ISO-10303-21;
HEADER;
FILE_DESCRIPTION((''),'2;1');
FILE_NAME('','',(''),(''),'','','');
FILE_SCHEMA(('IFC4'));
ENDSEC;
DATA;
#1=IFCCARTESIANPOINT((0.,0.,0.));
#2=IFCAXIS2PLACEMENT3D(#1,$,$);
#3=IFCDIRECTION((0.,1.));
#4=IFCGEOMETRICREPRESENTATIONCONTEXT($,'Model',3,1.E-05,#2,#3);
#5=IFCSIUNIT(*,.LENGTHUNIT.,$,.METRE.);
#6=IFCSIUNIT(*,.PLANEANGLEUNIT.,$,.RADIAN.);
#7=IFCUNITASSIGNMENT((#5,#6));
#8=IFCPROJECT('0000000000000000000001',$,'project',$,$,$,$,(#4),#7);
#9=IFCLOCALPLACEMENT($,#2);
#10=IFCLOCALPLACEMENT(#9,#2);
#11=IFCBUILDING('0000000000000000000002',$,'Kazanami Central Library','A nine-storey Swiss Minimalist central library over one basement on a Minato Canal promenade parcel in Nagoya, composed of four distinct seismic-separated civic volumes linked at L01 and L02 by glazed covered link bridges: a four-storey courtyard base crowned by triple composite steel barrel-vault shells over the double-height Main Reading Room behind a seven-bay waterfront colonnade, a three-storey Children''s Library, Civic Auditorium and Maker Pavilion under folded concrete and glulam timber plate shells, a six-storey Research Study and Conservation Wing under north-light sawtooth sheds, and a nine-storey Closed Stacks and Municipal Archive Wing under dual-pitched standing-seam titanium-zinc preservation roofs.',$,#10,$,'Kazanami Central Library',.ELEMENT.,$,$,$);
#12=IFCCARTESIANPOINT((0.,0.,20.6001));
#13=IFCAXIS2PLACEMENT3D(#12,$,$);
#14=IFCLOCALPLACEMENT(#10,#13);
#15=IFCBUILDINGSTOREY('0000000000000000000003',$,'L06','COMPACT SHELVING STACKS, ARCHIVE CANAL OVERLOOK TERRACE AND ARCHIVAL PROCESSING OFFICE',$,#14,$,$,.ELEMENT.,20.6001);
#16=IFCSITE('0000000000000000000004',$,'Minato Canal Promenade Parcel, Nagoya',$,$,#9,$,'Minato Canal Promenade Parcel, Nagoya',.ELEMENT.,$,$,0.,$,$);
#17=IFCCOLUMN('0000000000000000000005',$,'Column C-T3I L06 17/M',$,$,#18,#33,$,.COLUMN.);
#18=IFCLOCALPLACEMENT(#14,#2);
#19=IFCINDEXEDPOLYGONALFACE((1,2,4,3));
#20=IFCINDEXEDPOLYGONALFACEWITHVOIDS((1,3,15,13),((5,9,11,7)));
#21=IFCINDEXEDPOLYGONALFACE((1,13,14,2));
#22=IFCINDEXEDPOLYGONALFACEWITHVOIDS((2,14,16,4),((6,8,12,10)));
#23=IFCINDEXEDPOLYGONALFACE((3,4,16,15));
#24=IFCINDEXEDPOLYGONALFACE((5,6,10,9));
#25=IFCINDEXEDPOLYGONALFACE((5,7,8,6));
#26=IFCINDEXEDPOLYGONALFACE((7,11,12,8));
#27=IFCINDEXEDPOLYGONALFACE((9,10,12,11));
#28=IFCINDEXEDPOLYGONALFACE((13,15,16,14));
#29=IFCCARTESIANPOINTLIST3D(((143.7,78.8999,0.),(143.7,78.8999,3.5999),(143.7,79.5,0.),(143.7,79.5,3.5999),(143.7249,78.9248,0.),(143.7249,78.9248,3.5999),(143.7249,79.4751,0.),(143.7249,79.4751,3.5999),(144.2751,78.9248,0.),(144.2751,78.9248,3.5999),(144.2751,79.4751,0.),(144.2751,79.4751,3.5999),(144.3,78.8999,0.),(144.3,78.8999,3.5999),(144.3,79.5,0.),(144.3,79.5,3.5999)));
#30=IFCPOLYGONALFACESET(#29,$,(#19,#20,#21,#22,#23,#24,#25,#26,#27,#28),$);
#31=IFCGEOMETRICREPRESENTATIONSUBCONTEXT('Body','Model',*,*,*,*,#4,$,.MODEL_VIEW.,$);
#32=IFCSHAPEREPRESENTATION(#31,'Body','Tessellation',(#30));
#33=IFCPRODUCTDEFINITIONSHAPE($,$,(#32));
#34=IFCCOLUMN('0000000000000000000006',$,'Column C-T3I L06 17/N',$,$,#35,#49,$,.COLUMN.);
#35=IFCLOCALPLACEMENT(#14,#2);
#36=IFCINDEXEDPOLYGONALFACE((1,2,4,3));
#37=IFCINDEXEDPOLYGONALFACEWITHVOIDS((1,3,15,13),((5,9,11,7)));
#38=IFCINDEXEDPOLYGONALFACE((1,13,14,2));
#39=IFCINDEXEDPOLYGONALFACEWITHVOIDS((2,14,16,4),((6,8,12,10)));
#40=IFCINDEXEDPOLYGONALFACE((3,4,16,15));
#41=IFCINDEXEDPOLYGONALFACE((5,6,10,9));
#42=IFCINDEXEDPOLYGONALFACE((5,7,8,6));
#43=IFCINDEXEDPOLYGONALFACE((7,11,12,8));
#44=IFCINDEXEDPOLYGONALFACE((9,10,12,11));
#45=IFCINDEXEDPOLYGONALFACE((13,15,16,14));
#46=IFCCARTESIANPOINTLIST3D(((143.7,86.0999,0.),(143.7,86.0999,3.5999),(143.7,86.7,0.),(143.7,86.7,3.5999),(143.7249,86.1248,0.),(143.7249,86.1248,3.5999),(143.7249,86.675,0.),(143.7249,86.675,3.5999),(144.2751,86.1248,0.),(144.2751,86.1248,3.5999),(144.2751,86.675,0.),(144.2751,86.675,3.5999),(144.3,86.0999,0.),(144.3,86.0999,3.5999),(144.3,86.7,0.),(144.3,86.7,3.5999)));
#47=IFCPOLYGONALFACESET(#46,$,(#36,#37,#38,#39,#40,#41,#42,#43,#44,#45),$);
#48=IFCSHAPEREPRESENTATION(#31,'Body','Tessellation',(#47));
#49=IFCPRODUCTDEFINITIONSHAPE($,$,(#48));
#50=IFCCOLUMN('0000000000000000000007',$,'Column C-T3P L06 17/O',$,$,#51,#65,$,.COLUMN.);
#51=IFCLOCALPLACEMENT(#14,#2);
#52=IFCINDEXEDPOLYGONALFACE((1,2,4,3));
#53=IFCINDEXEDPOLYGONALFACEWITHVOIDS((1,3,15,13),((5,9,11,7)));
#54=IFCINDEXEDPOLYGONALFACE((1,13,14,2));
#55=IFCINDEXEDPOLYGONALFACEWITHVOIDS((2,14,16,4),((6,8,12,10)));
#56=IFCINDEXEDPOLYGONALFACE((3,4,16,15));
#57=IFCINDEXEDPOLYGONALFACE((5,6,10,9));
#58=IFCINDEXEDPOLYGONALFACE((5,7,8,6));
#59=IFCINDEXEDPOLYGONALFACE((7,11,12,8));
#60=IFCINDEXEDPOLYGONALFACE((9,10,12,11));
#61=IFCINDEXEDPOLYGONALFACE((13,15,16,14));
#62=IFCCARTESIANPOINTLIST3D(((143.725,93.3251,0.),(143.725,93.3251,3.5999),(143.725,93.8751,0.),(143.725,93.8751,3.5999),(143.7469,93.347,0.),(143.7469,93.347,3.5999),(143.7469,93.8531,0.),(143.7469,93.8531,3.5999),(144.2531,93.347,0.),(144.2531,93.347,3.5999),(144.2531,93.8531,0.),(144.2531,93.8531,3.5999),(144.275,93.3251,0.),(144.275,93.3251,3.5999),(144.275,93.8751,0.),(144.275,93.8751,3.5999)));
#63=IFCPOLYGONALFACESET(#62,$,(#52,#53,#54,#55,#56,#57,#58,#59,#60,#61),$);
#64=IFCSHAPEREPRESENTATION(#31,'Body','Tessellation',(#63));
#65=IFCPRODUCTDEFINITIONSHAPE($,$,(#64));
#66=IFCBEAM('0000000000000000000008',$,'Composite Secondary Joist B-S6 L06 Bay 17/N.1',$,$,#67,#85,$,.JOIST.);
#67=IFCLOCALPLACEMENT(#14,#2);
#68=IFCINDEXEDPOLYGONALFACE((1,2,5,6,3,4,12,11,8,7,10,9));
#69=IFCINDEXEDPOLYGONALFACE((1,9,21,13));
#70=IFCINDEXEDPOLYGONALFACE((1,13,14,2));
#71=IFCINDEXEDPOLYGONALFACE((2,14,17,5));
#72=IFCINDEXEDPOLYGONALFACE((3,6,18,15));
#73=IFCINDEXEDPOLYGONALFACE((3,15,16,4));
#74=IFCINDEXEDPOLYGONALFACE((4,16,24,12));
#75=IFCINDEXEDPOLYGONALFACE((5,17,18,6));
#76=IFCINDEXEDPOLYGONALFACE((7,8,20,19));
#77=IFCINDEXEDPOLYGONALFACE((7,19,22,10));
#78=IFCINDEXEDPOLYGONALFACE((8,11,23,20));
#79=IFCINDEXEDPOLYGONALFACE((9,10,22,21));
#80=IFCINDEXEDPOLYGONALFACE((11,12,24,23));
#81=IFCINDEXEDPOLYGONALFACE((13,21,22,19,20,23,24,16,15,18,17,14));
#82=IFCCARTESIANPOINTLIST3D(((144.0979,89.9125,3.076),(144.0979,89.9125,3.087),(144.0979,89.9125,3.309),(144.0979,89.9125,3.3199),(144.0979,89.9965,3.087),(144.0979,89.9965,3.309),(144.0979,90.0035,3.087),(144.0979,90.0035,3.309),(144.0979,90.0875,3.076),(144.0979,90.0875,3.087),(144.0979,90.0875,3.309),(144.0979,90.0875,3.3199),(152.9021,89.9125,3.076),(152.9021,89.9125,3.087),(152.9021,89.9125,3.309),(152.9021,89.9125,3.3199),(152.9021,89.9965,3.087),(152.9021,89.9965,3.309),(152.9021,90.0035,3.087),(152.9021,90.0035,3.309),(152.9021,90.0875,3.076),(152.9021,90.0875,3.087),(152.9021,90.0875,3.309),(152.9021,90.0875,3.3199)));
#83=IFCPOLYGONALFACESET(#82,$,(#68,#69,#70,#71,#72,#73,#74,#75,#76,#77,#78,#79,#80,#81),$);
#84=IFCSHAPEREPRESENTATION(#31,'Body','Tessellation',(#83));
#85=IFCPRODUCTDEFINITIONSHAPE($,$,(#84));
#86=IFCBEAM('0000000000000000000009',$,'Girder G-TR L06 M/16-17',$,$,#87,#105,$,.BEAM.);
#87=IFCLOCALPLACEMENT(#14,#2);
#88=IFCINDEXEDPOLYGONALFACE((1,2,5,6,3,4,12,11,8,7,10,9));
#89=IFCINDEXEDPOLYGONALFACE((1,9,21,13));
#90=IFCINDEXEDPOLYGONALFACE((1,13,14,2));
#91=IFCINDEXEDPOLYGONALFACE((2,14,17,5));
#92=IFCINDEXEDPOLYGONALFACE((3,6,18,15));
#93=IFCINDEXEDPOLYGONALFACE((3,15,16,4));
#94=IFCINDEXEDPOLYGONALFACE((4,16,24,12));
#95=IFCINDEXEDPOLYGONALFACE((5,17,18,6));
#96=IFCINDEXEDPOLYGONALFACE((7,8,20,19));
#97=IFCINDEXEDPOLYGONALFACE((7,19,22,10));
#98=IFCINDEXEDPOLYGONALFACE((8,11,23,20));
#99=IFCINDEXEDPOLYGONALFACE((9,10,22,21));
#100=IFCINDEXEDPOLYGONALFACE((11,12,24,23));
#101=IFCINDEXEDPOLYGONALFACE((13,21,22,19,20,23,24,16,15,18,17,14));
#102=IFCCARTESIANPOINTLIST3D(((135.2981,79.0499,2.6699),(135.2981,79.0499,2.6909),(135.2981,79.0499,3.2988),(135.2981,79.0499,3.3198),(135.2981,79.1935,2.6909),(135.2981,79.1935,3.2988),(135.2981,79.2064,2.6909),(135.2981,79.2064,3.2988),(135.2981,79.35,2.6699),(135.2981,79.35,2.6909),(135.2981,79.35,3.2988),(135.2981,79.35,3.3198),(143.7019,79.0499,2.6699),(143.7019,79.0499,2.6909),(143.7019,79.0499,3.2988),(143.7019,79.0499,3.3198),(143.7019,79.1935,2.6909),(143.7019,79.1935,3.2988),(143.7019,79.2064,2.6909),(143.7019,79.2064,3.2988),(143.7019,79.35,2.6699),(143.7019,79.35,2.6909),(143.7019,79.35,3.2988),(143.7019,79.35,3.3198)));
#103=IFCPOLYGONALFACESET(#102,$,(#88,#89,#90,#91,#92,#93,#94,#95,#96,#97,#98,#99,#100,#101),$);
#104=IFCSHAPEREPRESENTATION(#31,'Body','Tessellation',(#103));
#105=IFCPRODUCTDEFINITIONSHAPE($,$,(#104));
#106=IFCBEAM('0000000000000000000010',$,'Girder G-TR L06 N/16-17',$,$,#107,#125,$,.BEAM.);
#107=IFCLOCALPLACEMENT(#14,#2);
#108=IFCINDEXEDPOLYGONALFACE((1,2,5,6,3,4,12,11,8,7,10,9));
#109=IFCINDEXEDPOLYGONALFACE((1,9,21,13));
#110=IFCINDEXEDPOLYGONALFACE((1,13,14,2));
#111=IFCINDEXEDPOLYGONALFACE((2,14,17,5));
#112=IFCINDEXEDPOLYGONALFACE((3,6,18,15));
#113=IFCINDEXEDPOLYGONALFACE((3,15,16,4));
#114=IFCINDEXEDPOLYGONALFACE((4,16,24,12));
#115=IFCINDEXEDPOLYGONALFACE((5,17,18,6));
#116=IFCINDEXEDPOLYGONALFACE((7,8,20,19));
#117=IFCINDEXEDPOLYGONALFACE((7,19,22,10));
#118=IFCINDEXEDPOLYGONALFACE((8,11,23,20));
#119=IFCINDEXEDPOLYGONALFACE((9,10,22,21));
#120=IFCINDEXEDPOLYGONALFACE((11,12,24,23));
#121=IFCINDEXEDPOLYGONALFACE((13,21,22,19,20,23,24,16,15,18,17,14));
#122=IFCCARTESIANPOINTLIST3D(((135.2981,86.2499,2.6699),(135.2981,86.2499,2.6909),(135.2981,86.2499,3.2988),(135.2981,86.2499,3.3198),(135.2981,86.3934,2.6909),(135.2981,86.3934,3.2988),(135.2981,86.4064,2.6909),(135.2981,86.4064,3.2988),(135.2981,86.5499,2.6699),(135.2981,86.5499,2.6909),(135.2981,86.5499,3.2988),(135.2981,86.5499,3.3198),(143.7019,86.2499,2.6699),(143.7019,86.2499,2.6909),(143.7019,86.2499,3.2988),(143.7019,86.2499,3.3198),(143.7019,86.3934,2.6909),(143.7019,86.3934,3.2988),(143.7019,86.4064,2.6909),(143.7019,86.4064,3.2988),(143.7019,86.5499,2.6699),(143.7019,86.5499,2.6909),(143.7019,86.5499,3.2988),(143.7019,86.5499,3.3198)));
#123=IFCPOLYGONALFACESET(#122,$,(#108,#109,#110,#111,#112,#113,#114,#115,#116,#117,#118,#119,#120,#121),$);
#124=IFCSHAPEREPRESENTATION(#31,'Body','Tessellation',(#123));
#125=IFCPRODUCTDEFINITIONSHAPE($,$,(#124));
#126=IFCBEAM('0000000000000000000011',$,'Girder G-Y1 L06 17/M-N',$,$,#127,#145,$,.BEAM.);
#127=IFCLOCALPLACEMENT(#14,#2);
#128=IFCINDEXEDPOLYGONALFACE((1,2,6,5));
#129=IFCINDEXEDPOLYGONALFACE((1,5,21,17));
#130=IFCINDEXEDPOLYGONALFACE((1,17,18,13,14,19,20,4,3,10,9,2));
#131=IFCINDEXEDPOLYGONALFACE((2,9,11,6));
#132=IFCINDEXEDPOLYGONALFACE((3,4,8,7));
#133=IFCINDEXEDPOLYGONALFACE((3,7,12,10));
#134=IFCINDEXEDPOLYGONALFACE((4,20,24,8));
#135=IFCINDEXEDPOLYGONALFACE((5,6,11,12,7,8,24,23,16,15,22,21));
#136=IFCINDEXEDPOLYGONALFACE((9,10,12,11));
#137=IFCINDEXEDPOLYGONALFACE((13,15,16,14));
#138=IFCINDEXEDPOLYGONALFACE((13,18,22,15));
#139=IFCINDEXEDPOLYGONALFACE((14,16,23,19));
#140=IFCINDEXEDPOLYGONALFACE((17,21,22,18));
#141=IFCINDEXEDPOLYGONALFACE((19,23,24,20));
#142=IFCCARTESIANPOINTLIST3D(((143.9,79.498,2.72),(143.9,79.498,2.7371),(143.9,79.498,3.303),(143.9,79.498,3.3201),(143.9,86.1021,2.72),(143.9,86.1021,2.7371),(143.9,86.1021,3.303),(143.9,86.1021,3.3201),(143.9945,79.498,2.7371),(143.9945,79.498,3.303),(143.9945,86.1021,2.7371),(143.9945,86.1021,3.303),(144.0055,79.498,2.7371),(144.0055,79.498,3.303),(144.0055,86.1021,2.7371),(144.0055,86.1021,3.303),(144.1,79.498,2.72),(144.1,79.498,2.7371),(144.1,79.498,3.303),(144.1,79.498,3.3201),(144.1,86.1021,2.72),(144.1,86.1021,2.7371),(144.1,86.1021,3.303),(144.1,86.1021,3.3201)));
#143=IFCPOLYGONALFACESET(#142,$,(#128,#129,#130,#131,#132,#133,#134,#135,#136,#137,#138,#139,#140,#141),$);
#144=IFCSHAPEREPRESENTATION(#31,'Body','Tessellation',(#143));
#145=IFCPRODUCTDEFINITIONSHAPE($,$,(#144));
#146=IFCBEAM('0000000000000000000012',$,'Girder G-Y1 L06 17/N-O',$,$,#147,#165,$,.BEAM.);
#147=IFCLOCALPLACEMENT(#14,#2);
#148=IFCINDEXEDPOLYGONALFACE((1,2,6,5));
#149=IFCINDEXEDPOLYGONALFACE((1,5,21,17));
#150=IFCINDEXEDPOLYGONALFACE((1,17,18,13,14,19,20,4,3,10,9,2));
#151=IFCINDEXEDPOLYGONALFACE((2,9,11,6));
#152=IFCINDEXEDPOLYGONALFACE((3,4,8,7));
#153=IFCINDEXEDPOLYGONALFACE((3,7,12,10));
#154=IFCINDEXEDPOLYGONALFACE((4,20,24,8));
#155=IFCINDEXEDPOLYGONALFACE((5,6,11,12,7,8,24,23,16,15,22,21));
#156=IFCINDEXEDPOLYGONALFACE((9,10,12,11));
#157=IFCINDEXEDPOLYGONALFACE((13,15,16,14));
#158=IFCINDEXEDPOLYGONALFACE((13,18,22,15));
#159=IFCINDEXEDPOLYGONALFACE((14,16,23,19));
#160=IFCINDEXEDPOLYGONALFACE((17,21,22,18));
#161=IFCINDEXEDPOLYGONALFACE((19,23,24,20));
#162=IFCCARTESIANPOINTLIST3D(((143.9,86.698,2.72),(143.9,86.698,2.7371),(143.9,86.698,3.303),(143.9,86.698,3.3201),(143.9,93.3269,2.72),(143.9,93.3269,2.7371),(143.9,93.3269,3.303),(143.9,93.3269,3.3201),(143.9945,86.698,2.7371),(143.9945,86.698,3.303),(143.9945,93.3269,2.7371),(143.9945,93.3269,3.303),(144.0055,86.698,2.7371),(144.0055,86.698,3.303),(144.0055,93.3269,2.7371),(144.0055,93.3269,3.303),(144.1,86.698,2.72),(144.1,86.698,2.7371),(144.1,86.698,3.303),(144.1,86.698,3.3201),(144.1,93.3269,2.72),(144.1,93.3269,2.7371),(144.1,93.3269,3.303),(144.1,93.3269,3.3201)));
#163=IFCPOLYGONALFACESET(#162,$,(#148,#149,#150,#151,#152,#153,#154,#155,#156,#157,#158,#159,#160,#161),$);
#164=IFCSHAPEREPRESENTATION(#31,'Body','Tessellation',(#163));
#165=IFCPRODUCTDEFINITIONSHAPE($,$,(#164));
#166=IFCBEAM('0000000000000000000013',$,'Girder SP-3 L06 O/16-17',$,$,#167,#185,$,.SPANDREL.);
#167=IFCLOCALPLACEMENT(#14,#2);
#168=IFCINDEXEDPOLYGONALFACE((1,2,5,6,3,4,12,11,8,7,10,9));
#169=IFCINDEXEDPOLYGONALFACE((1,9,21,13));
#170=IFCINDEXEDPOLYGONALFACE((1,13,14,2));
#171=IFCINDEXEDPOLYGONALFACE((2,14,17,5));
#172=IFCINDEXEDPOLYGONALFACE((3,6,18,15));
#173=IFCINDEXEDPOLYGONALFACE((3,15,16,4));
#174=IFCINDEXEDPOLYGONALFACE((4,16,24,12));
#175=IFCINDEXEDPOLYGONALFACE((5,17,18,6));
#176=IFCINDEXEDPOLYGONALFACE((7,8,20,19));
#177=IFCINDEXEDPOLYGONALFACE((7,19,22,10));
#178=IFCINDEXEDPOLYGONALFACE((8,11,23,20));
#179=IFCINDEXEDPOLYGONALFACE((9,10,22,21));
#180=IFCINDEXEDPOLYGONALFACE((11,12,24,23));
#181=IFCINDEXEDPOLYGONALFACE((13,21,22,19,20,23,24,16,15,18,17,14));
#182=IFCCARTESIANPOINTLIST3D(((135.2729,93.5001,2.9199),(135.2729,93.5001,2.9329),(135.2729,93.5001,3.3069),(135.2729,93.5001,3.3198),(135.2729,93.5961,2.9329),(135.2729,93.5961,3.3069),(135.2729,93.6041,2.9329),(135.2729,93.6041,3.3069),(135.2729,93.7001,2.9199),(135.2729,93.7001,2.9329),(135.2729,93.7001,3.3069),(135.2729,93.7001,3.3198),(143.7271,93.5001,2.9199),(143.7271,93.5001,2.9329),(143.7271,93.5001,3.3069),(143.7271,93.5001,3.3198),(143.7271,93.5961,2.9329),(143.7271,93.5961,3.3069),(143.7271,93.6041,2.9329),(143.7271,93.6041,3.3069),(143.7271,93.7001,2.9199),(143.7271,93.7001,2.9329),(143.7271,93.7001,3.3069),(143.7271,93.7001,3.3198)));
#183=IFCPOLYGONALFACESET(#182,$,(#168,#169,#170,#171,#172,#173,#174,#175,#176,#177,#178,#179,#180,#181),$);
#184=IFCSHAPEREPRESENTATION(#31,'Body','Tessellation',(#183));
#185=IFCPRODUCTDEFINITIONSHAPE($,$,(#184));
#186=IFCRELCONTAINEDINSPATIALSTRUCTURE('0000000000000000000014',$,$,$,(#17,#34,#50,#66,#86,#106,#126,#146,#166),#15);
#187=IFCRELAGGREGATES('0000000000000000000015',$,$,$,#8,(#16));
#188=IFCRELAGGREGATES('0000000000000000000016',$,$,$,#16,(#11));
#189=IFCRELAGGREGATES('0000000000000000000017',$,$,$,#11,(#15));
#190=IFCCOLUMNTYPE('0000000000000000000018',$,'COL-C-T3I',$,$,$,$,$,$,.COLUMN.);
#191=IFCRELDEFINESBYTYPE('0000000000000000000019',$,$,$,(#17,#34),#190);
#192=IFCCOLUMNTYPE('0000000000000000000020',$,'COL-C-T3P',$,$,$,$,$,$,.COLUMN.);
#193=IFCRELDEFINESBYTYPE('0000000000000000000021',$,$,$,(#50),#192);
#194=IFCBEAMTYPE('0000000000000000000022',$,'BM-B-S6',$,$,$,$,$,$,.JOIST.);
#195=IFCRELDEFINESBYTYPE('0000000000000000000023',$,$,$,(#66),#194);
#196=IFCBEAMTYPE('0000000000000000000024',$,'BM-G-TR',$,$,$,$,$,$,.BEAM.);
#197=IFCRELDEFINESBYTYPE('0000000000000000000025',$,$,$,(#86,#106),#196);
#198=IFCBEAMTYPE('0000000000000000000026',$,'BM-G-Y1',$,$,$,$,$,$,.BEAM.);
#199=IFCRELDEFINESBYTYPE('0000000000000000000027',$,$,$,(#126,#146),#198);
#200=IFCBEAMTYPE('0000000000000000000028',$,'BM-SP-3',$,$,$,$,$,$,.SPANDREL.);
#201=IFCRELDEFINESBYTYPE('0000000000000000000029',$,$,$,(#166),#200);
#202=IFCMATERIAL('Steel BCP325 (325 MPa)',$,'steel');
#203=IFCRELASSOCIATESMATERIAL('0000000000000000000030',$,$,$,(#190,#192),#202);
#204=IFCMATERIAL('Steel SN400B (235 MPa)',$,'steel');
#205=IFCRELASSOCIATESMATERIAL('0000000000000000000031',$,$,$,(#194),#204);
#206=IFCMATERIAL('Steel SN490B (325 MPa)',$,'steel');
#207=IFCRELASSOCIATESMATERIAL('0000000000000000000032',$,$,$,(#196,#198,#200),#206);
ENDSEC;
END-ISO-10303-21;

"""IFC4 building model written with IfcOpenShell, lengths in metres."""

from ifc_helpers import new_model, si_unit, direction, frame, origin, origin_2d, place, context, subcontext, project, spatial, hollow_rectangle, i_section, extrude, material, material_profile, profile_set, type_object, element, save


model = new_model("IFC4")

# Units and contexts
model_context = context("Model", 3, precision=1e-05, world=origin(), true_north=direction((0.0, 1.0)))
body_context = subcontext(model_context, "Body", "Model", "MODEL_VIEW")
ifc_project = project(units=[si_unit("LENGTHUNIT", "METRE"), si_unit("PLANEANGLEUNIT", "RADIAN")], contexts=[model_context])

# Site, building, storey
site_placement = place(None, origin())
site = spatial("IfcSite", under=ifc_project, at=site_placement, Name="Minato Canal Promenade Parcel, Nagoya", LongName="Minato Canal Promenade Parcel, Nagoya", CompositionType="ELEMENT", RefElevation=0.0)
building_placement = place(site_placement, origin())
building = spatial("IfcBuilding", under=site, at=building_placement, Name="Kazanami Central Library", Description="A nine-storey Swiss Minimalist central library over one basement on a Minato Canal promenade parcel in Nagoya, composed of four distinct seismic-separated civic volumes linked at L01 and L02 by glazed covered link bridges: a four-storey courtyard base crowned by triple composite steel barrel-vault shells over the double-height Main Reading Room behind a seven-bay waterfront colonnade, a three-storey Children's Library, Civic Auditorium and Maker Pavilion under folded concrete and glulam timber plate shells, a six-storey Research Study and Conservation Wing under north-light sawtooth sheds, and a nine-storey Closed Stacks and Municipal Archive Wing under dual-pitched standing-seam titanium-zinc preservation roofs.", LongName="Kazanami Central Library", CompositionType="ELEMENT")
storey_placement = place(building_placement, frame((0.0, 0.0, 20.6001)))
storey = spatial("IfcBuildingStorey", under=building, at=storey_placement, Name="L06", Description="COMPACT SHELVING STACKS, ARCHIVE CANAL OVERLOOK TERRACE AND ARCHIVAL PROCESSING OFFICE", CompositionType="ELEMENT", Elevation=20.6001)

# Columns
ifc_material_1 = material(Name="Steel BCP325 (325 MPa)", Category="steel")
ifc_material_profile_1 = material_profile(ifc_material_1, hollow_rectangle(XDim=0.6001, YDim=0.6001, WallThickness=0.0249, at=origin_2d()), Name="BCP-600x600x25")
ifc_profile_set_1 = profile_set([ifc_material_profile_1], Name="Steel BCP325 (325 MPa)")
column_type_1 = type_object("IfcColumnType", Name="COL-C-T3I", PredefinedType="COLUMN", material=ifc_profile_set_1)
for number, where, z_axis, x_axis, name in (
    (1, (144.0, 79.2, 0.0), (0.0, 0.0, 1.0), (1.0, 0.0, 0.0), "Column C-T3I L06 17/M"),
    (2, (144.0, 86.3999, 0.0), (0.0, 0.0, 1.0), (1.0, 0.0, 0.0), "Column C-T3I L06 17/N"),
):
    element("IfcColumn", number, at=place(storey_placement, frame(where, z_axis=z_axis, x_axis=x_axis)), inside=storey, type_object=column_type_1, Name=name, PredefinedType="COLUMN", context=body_context, shape_type="SweptSolid", body=[
        extrude(hollow_rectangle(XDim=0.6001, YDim=0.6001, WallThickness=0.0249, at=origin_2d()), origin(), (0.0, 0.0, 1.0), 3.5999),
    ])
ifc_material_profile_2 = material_profile(ifc_material_1, hollow_rectangle(XDim=0.55, YDim=0.55, WallThickness=0.022, at=origin_2d()), Name="BCP-550x550x22")
ifc_profile_set_2 = profile_set([ifc_material_profile_2], Name="Steel BCP325 (325 MPa)")
column_type_2 = type_object("IfcColumnType", Name="COL-C-T3P", PredefinedType="COLUMN", material=ifc_profile_set_2)
column_placement = place(storey_placement, frame((144.0, 93.6001, 0.0), z_axis=(0.0, 0.0, 1.0), x_axis=(1.0, 0.0, 0.0)))
element("IfcColumn", 3, at=column_placement, inside=storey, type_object=column_type_2, Name="Column C-T3P L06 17/O", PredefinedType="COLUMN", context=body_context, shape_type="SweptSolid", body=[
    extrude(hollow_rectangle(XDim=0.55, YDim=0.55, WallThickness=0.022, at=origin_2d()), origin(), (0.0, 0.0, 1.0), 3.5999),
])

# Beams
ifc_material_2 = material(Name="Steel SN400B (235 MPa)", Category="steel")
ifc_material_profile_3 = material_profile(ifc_material_2, i_section(OverallWidth=0.175, OverallDepth=0.2439, WebThickness=0.0071, FlangeThickness=0.011, at=origin_2d()), Name="H-244x175x7x11")
ifc_profile_set_3 = profile_set([ifc_material_profile_3], Name="Steel SN400B (235 MPa)")
beam_type_1 = type_object("IfcBeamType", Name="BM-B-S6", PredefinedType="JOIST", material=ifc_profile_set_3)
beam_1_placement = place(storey_placement, frame((144.0979, 90.0, 3.198), z_axis=(1.0, 0.0, 0.0), x_axis=(0.0, 1.0, 0.0)))
element("IfcBeam", 4, at=beam_1_placement, inside=storey, type_object=beam_type_1, Name="Composite Secondary Joist B-S6 L06 Bay 17/N.1", PredefinedType="JOIST", context=body_context, shape_type="SweptSolid", body=[
    extrude(i_section(OverallWidth=0.175, OverallDepth=0.2439, WebThickness=0.0071, FlangeThickness=0.011, at=origin_2d()), origin(), (0.0, 0.0, 1.0), 8.8042),
])
ifc_material_3 = material(Name="Steel SN490B (325 MPa)", Category="steel")
ifc_material_profile_4 = material_profile(ifc_material_3, i_section(OverallWidth=0.3, OverallDepth=0.6499, WebThickness=0.0129, FlangeThickness=0.021, at=origin_2d()), Name="H-650x300x13x21")
ifc_profile_set_4 = profile_set([ifc_material_profile_4], Name="Steel SN490B (325 MPa)")
beam_type_2 = type_object("IfcBeamType", Name="BM-G-TR", PredefinedType="BEAM", material=ifc_profile_set_4)
for number, where, z_axis, x_axis, name in (
    (5, (135.2981, 79.2, 2.9949), (1.0, 0.0, 0.0), (0.0, 1.0, 0.0), "Girder G-TR L06 M/16-17"),
    (6, (135.2981, 86.3999, 2.9949), (1.0, 0.0, 0.0), (0.0, 1.0, 0.0), "Girder G-TR L06 N/16-17"),
):
    element("IfcBeam", number, at=place(storey_placement, frame(where, z_axis=z_axis, x_axis=x_axis)), inside=storey, type_object=beam_type_2, Name=name, PredefinedType="BEAM", context=body_context, shape_type="SweptSolid", body=[
        extrude(i_section(OverallWidth=0.3, OverallDepth=0.6499, WebThickness=0.0129, FlangeThickness=0.021, at=origin_2d()), origin(), (0.0, 0.0, 1.0), 8.4038),
    ])
ifc_material_profile_5 = material_profile(ifc_material_3, i_section(OverallWidth=0.2, OverallDepth=0.6001, WebThickness=0.011, FlangeThickness=0.0171, at=origin_2d()), Name="H-600x200x11x17")
ifc_profile_set_5 = profile_set([ifc_material_profile_5], Name="Steel SN490B (325 MPa)")
beam_type_3 = type_object("IfcBeamType", Name="BM-G-Y1", PredefinedType="BEAM", material=ifc_profile_set_5)
beam_2_placement = place(storey_placement, frame((144.0, 79.498, 3.02), z_axis=(0.0, 1.0, 0.0), x_axis=(-1.0, 0.0, 0.0)))
element("IfcBeam", 7, at=beam_2_placement, inside=storey, type_object=beam_type_3, Name="Girder G-Y1 L06 17/M-N", PredefinedType="BEAM", context=body_context, shape_type="SweptSolid", body=[
    extrude(i_section(OverallWidth=0.2, OverallDepth=0.6001, WebThickness=0.011, FlangeThickness=0.0171, at=origin_2d()), origin(), (0.0, 0.0, 1.0), 6.604),
])
beam_3_placement = place(storey_placement, frame((144.0, 86.698, 3.02), z_axis=(0.0, 1.0, 0.0), x_axis=(-1.0, 0.0, 0.0)))
element("IfcBeam", 8, at=beam_3_placement, inside=storey, type_object=beam_type_3, Name="Girder G-Y1 L06 17/N-O", PredefinedType="BEAM", context=body_context, shape_type="SweptSolid", body=[
    extrude(i_section(OverallWidth=0.2, OverallDepth=0.6001, WebThickness=0.011, FlangeThickness=0.0171, at=origin_2d()), origin(), (0.0, 0.0, 1.0), 6.6289),
])
ifc_material_profile_6 = material_profile(ifc_material_3, i_section(OverallWidth=0.2, OverallDepth=0.3999, WebThickness=0.0081, FlangeThickness=0.0129, at=origin_2d()), Name="H-400x200x8x13")
ifc_profile_set_6 = profile_set([ifc_material_profile_6], Name="Steel SN490B (325 MPa)")
beam_type_4 = type_object("IfcBeamType", Name="BM-SP-3", PredefinedType="SPANDREL", material=ifc_profile_set_6)
beam_4_placement = place(storey_placement, frame((135.2729, 93.6001, 3.1199), z_axis=(1.0, 0.0, 0.0), x_axis=(0.0, 1.0, 0.0)))
element("IfcBeam", 9, at=beam_4_placement, inside=storey, type_object=beam_type_4, Name="Girder SP-3 L06 O/16-17", PredefinedType="SPANDREL", context=body_context, shape_type="SweptSolid", body=[
    extrude(i_section(OverallWidth=0.2, OverallDepth=0.3999, WebThickness=0.0081, FlangeThickness=0.0129, at=origin_2d()), origin(), (0.0, 0.0, 1.0), 8.4541),
])

save(model, "model.ifc")
